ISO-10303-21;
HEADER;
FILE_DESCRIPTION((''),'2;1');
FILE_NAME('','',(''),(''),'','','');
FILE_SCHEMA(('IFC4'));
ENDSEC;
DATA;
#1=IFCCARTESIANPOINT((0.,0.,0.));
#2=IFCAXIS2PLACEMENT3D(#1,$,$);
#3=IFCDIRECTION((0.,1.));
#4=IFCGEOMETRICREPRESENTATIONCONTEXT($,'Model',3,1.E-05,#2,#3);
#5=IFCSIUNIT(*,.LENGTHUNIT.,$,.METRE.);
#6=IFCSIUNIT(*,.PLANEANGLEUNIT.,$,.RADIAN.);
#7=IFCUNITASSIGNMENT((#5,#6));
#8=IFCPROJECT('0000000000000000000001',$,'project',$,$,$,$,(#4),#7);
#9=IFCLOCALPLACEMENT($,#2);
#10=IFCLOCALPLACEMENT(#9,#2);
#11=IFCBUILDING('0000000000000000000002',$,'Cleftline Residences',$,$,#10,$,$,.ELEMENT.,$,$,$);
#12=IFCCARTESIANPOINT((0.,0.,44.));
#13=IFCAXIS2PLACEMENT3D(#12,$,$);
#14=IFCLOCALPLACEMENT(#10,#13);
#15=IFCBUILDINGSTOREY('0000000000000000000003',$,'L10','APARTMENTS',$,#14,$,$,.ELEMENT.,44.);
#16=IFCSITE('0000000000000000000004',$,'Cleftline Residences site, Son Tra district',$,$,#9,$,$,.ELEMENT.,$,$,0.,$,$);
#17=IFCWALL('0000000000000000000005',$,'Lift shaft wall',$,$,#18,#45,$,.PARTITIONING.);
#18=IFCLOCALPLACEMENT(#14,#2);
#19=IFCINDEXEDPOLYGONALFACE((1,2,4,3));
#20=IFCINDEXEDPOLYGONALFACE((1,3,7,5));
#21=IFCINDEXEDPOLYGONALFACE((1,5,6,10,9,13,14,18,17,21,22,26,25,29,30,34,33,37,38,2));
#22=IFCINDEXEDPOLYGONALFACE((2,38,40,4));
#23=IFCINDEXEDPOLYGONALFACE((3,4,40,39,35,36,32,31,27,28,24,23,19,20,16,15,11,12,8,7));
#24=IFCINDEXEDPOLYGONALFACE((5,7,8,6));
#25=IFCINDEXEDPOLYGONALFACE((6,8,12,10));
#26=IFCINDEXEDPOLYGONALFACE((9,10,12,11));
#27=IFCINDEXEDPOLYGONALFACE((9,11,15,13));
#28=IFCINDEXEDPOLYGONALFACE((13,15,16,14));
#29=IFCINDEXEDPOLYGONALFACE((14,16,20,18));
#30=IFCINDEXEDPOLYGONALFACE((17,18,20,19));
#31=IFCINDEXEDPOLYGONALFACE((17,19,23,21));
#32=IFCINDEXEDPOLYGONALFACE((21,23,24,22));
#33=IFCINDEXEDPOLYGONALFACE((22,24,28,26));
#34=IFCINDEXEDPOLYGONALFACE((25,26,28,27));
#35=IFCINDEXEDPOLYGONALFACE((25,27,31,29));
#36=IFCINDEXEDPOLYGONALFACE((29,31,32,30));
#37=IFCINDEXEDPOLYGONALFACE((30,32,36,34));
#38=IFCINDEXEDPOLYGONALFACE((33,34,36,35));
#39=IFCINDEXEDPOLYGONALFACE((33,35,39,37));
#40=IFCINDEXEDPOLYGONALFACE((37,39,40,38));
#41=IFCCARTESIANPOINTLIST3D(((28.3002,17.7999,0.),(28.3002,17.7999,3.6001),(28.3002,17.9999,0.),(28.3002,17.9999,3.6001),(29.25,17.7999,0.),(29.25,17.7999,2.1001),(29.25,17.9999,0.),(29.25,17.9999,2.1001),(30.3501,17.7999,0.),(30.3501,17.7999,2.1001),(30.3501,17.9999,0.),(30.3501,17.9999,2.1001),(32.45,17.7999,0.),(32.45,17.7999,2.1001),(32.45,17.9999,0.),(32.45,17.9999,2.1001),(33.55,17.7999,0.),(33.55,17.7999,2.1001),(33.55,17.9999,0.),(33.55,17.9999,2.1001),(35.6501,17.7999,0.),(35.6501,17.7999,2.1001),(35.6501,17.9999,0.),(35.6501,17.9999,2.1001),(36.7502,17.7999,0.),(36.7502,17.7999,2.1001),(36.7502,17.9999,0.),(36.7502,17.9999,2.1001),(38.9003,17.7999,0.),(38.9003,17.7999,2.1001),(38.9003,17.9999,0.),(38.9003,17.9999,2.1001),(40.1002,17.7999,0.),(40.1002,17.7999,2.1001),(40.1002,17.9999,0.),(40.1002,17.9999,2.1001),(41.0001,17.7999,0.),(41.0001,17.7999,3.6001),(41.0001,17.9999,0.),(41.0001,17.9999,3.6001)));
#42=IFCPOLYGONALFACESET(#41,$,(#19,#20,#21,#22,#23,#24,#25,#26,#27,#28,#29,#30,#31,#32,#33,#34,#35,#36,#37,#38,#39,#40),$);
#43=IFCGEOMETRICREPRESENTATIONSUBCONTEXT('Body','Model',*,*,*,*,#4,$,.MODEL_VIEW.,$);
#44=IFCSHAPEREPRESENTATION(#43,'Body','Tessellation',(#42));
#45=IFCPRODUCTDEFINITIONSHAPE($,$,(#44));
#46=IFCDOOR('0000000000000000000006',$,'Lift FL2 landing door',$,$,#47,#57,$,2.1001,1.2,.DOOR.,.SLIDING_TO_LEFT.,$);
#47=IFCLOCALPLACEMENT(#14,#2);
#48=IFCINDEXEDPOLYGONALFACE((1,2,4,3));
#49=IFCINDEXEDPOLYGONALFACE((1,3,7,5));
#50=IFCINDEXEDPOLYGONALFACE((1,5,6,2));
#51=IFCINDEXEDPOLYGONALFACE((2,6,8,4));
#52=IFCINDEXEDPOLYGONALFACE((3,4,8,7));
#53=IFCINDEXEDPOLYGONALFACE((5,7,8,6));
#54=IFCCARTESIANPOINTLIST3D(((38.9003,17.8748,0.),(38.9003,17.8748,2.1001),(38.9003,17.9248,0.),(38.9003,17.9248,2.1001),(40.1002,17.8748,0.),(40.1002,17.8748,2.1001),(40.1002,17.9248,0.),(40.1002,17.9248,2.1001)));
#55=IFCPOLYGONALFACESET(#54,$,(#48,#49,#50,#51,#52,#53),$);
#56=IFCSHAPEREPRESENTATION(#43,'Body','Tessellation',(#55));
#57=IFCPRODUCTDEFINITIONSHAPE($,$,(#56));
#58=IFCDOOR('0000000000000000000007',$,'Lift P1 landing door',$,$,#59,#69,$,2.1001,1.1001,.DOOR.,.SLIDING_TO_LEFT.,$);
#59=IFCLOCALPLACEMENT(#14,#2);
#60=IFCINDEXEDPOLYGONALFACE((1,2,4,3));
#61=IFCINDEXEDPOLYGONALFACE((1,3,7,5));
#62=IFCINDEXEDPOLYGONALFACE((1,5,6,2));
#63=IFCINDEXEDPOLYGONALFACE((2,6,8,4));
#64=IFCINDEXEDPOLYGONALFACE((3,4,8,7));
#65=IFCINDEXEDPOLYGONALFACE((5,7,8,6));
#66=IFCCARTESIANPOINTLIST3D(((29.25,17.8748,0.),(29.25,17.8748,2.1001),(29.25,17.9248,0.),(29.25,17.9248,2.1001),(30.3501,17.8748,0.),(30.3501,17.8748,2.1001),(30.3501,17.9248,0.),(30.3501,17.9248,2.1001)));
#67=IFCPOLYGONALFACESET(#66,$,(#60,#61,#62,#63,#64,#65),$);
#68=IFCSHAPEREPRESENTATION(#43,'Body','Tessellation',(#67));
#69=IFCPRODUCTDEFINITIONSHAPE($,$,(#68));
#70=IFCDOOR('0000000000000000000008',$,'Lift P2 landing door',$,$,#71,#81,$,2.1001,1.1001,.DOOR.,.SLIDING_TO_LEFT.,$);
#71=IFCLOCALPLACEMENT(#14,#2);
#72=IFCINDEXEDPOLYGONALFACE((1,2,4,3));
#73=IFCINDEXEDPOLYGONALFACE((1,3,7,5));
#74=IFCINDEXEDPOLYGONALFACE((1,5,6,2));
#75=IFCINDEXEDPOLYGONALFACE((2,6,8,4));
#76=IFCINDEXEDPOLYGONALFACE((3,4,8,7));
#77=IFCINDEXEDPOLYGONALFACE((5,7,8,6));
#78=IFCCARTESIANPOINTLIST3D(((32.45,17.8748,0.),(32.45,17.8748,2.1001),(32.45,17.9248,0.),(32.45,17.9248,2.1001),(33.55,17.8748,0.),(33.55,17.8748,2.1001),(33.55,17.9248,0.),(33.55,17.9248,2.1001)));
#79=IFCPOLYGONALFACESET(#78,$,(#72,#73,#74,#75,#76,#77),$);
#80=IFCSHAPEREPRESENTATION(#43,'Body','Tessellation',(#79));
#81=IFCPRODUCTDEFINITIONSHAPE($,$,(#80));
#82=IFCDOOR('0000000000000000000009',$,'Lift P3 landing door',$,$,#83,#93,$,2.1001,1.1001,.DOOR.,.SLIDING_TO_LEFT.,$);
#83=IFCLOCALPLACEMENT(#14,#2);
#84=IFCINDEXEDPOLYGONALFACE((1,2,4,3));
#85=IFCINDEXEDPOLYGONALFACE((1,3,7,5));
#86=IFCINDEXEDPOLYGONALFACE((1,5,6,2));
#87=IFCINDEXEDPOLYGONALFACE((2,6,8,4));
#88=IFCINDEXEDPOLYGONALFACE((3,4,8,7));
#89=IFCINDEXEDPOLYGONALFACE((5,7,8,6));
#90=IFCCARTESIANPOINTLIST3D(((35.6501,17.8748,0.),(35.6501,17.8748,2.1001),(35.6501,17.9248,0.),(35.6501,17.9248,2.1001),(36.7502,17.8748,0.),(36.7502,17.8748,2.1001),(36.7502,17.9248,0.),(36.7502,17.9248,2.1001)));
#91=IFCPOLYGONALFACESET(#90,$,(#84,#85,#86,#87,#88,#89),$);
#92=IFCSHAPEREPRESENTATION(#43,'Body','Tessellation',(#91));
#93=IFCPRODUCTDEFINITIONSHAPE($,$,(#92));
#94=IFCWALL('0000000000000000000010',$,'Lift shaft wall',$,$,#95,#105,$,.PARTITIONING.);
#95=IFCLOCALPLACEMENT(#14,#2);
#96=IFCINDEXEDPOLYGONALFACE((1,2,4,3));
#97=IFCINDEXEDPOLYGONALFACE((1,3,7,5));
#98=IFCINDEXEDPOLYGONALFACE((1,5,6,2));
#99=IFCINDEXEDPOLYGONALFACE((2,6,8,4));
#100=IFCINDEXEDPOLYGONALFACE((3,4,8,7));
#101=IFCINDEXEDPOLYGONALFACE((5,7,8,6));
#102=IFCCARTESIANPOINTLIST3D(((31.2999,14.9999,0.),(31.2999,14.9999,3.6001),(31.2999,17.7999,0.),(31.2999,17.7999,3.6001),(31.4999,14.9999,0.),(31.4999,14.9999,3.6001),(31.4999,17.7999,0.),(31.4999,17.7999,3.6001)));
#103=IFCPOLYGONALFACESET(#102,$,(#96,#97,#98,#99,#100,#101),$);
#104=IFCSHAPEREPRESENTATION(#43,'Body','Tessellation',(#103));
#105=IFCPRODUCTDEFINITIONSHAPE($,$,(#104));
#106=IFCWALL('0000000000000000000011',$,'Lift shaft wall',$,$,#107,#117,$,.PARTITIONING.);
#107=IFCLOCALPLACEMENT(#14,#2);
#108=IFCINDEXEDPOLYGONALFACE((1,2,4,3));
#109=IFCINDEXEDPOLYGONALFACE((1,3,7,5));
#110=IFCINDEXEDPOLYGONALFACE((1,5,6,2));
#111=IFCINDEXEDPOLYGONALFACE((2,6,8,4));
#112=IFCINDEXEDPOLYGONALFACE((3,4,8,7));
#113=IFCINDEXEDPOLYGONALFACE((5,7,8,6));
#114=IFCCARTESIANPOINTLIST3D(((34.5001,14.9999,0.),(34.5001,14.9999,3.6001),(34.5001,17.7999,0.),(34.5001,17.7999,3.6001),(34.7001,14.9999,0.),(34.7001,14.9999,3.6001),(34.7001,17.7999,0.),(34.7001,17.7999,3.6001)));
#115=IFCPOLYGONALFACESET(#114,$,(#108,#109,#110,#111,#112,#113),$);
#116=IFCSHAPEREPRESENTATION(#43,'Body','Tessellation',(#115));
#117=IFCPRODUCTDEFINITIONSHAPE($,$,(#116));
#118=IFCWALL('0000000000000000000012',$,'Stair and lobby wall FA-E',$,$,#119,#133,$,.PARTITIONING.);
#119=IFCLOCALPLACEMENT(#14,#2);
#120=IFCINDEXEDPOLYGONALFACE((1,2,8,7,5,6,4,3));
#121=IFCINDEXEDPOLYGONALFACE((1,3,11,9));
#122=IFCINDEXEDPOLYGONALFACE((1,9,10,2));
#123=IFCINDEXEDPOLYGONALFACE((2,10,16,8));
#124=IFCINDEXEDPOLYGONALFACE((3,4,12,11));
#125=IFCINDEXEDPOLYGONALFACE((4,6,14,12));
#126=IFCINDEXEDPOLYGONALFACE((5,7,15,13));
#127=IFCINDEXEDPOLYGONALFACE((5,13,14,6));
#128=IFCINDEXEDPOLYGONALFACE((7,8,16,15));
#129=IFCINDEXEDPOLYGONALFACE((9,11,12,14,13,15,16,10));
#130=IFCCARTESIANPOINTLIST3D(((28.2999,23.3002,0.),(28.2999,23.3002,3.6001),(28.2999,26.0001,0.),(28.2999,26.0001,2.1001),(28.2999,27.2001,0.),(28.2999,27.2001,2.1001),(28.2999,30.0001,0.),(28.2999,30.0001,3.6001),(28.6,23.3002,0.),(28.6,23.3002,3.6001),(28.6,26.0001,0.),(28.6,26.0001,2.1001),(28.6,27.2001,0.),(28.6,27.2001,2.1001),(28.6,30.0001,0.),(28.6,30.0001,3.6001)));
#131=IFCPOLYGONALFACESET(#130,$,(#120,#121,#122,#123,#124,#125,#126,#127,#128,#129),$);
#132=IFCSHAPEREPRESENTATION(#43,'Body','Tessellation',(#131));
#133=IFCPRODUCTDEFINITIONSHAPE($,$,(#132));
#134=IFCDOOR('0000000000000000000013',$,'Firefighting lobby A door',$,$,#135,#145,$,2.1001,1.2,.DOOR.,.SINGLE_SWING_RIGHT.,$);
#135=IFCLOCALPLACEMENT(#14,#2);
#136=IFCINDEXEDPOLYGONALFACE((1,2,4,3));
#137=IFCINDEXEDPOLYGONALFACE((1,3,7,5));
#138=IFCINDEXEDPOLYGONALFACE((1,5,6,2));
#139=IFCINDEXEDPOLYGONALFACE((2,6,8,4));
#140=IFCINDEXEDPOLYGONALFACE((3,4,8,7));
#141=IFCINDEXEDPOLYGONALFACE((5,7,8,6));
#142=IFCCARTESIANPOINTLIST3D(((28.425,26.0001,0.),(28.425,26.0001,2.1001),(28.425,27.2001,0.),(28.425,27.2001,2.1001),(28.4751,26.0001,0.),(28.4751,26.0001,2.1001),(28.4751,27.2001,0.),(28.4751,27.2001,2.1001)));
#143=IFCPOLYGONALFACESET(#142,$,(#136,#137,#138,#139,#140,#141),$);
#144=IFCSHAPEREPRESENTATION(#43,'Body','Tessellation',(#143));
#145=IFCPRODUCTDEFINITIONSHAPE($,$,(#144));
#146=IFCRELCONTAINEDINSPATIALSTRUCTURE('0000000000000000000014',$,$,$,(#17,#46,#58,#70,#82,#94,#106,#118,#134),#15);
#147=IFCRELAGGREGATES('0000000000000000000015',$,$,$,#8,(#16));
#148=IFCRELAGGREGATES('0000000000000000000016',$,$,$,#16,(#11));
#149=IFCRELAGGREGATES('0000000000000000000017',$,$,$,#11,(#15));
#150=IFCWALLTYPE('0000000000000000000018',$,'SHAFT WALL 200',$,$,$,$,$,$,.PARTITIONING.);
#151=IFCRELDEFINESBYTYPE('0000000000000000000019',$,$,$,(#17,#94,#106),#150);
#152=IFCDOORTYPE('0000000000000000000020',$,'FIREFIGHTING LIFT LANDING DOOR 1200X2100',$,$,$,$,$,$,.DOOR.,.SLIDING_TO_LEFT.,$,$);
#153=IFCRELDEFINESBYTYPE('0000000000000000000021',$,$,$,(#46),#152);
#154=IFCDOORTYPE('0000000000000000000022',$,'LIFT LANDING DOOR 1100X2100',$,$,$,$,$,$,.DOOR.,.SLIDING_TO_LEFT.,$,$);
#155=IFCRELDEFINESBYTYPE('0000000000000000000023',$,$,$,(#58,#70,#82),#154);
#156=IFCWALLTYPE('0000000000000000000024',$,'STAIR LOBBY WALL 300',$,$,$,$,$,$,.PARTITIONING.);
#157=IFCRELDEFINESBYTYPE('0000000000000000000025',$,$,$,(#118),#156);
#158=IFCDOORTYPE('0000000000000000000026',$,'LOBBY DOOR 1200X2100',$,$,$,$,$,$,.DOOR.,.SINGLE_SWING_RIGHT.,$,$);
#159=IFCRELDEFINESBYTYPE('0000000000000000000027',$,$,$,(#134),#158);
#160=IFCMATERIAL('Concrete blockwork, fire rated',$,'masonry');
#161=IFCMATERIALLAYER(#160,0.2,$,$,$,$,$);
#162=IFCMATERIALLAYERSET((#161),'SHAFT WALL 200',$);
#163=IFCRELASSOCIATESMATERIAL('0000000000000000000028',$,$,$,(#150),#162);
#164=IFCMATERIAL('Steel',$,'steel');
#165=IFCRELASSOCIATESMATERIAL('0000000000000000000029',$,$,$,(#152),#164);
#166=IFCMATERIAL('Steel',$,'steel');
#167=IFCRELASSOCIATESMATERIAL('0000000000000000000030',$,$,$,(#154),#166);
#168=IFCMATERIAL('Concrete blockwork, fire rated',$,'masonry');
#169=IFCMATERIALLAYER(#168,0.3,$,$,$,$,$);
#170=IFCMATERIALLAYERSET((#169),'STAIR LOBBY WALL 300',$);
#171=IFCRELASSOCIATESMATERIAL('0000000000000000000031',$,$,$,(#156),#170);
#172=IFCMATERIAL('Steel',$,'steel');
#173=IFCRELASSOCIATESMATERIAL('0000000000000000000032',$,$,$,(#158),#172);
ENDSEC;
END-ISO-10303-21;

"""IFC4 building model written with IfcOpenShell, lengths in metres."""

from ifc_helpers import new_model, si_unit, direction, frame, frame_2d, origin, place, context, subcontext, project, spatial, rectangle, extrude, material, layer, layer_set, type_object, element, fill, save


model = new_model("IFC4")

# Units and contexts
model_context = context("Model", 3, precision=1e-05, world=origin(), true_north=direction((0.0, 1.0)))
body_context = subcontext(model_context, "Body", "Model", "MODEL_VIEW")
ifc_project = project(units=[si_unit("LENGTHUNIT", "METRE"), si_unit("PLANEANGLEUNIT", "RADIAN")], contexts=[model_context])

# Site, building, storey
site_placement = place(None, origin())
site = spatial("IfcSite", under=ifc_project, at=site_placement, Name="Cleftline Residences site, Son Tra district", CompositionType="ELEMENT", RefElevation=0.0)
building_placement = place(site_placement, origin())
building = spatial("IfcBuilding", under=site, at=building_placement, Name="Cleftline Residences", CompositionType="ELEMENT")
storey_placement = place(building_placement, frame((0.0, 0.0, 44.0)))
storey = spatial("IfcBuildingStorey", under=building, at=storey_placement, Name="L10", Description="APARTMENTS", CompositionType="ELEMENT", Elevation=44.0)

# Wall, openings, doors
ifc_material_1 = material(Name="Concrete blockwork, fire rated", Category="masonry")
ifc_layer_1 = layer(ifc_material_1, 0.2)
ifc_layer_set_1 = layer_set([ifc_layer_1], Name="SHAFT WALL 200")
wall_type_1 = type_object("IfcWallType", Name="SHAFT WALL 200", PredefinedType="PARTITIONING", material=ifc_layer_set_1)
wall_1_placement = place(storey_placement, frame((28.3, 17.8999, 0.0), z_axis=(0.0, 0.0, 1.0), x_axis=(1.0, 0.0, 0.0)))
wall_1 = element("IfcWall", 1, at=wall_1_placement, inside=storey, type_object=wall_type_1, Name="Lift shaft wall", PredefinedType="PARTITIONING", context=body_context, shape_type="SweptSolid", body=[
    extrude(rectangle(XDim=12.7, YDim=0.2, at=frame_2d((6.3501, 0.0))), origin(), (0.0, 0.0, 1.0), 3.6001),
])
opening_1_placement = place(wall_1_placement, frame((0.95, 0.0, 0.0)))
opening_1 = element("IfcOpeningElement", 2, at=opening_1_placement, cuts=wall_1, PredefinedType="OPENING", context=body_context, shape_type="SweptSolid", body=[
    extrude(rectangle(XDim=1.1001, YDim=2.1001, at=frame_2d((0.55, 1.05))), frame((0.0, 0.1099, 0.0), z_axis=(0.0, -1.0, 0.0), x_axis=(1.0, 0.0, 0.0)), (0.0, 0.0, 1.0), 0.22),
])
opening_2_placement = place(wall_1_placement, frame((4.1499, 0.0, 0.0)))
opening_2 = element("IfcOpeningElement", 3, at=opening_2_placement, cuts=wall_1, PredefinedType="OPENING", context=body_context, shape_type="SweptSolid", body=[
    extrude(rectangle(XDim=1.1001, YDim=2.1001, at=frame_2d((0.55, 1.05))), frame((0.0, 0.1099, 0.0), z_axis=(0.0, -1.0, 0.0), x_axis=(1.0, 0.0, 0.0)), (0.0, 0.0, 1.0), 0.22),
])
opening_3_placement = place(wall_1_placement, frame((7.3501, 0.0, 0.0)))
opening_3 = element("IfcOpeningElement", 4, at=opening_3_placement, cuts=wall_1, PredefinedType="OPENING", context=body_context, shape_type="SweptSolid", body=[
    extrude(rectangle(XDim=1.1001, YDim=2.1001, at=frame_2d((0.55, 1.05))), frame((0.0, 0.1099, 0.0), z_axis=(0.0, -1.0, 0.0), x_axis=(1.0, 0.0, 0.0)), (0.0, 0.0, 1.0), 0.22),
])
opening_4_placement = place(wall_1_placement, frame((10.6001, 0.0, 0.0)))
opening_4 = element("IfcOpeningElement", 5, at=opening_4_placement, cuts=wall_1, PredefinedType="OPENING", context=body_context, shape_type="SweptSolid", body=[
    extrude(rectangle(XDim=1.2, YDim=2.1001, at=frame_2d((0.6001, 1.05))), frame((0.0, 0.1099, 0.0), z_axis=(0.0, -1.0, 0.0), x_axis=(1.0, 0.0, 0.0)), (0.0, 0.0, 1.0), 0.22),
])
ifc_material_2 = material(Name="Steel", Category="steel")
door_type_1 = type_object("IfcDoorType", Name="FIREFIGHTING LIFT LANDING DOOR 1200X2100", OperationType="SLIDING_TO_LEFT", PredefinedType="DOOR", material=ifc_material_2)
door_1_placement = place(opening_4_placement, origin())
door_1 = element("IfcDoor", 6, at=door_1_placement, inside=storey, type_object=door_type_1, Name="Lift FL2 landing door", OperationType="SLIDING_TO_LEFT", OverallHeight=2.1001, OverallWidth=1.2, PredefinedType="DOOR", context=body_context, shape_type="SweptSolid", body=[
    extrude(rectangle(XDim=1.2, YDim=2.1001, at=frame_2d((0.6001, 1.05))), frame((0.0, 0.0249, 0.0), z_axis=(0.0, -1.0, 0.0), x_axis=(1.0, 0.0, 0.0)), (0.0, 0.0, 1.0), 0.05),
])
fill(opening_4, door_1)
ifc_material_3 = material(Name="Steel", Category="steel")
door_type_2 = type_object("IfcDoorType", Name="LIFT LANDING DOOR 1100X2100", OperationType="SLIDING_TO_LEFT", PredefinedType="DOOR", material=ifc_material_3)
door_2_placement = place(opening_1_placement, origin())
door_2 = element("IfcDoor", 7, at=door_2_placement, inside=storey, type_object=door_type_2, Name="Lift P1 landing door", OperationType="SLIDING_TO_LEFT", OverallHeight=2.1001, OverallWidth=1.1001, PredefinedType="DOOR", context=body_context, shape_type="SweptSolid", body=[
    extrude(rectangle(XDim=1.1001, YDim=2.1001, at=frame_2d((0.55, 1.05))), frame((0.0, 0.0249, 0.0), z_axis=(0.0, -1.0, 0.0), x_axis=(1.0, 0.0, 0.0)), (0.0, 0.0, 1.0), 0.05),
])
fill(opening_1, door_2)
door_3_placement = place(opening_2_placement, origin())
door_3 = element("IfcDoor", 8, at=door_3_placement, inside=storey, type_object=door_type_2, Name="Lift P2 landing door", OperationType="SLIDING_TO_LEFT", OverallHeight=2.1001, OverallWidth=1.1001, PredefinedType="DOOR", context=body_context, shape_type="SweptSolid", body=[
    extrude(rectangle(XDim=1.1001, YDim=2.1001, at=frame_2d((0.55, 1.05))), frame((0.0, 0.0249, 0.0), z_axis=(0.0, -1.0, 0.0), x_axis=(1.0, 0.0, 0.0)), (0.0, 0.0, 1.0), 0.05),
])
fill(opening_2, door_3)
door_4_placement = place(opening_3_placement, origin())
door_4 = element("IfcDoor", 9, at=door_4_placement, inside=storey, type_object=door_type_2, Name="Lift P3 landing door", OperationType="SLIDING_TO_LEFT", OverallHeight=2.1001, OverallWidth=1.1001, PredefinedType="DOOR", context=body_context, shape_type="SweptSolid", body=[
    extrude(rectangle(XDim=1.1001, YDim=2.1001, at=frame_2d((0.55, 1.05))), frame((0.0, 0.0249, 0.0), z_axis=(0.0, -1.0, 0.0), x_axis=(1.0, 0.0, 0.0)), (0.0, 0.0, 1.0), 0.05),
])
fill(opening_3, door_4)

# Walls
for number, where, z_axis, x_axis, name in (
    (10, (31.3999, 15.0, 0.0), (0.0, 0.0, 1.0), (0.0, 1.0, 0.0), "Lift shaft wall"),
    (11, (34.6001, 15.0, 0.0), (0.0, 0.0, 1.0), (0.0, 1.0, 0.0), "Lift shaft wall"),
):
    element("IfcWall", number, at=place(storey_placement, frame(where, z_axis=z_axis, x_axis=x_axis)), inside=storey, type_object=wall_type_1, Name=name, PredefinedType="PARTITIONING", context=body_context, shape_type="SweptSolid", body=[
        extrude(rectangle(XDim=2.8, YDim=0.2, at=frame_2d((1.3999, 0.0))), origin(), (0.0, 0.0, 1.0), 3.6001),
    ])

# Wall, opening, door
ifc_material_4 = material(Name="Concrete blockwork, fire rated", Category="masonry")
ifc_layer_2 = layer(ifc_material_4, 0.3)
ifc_layer_set_2 = layer_set([ifc_layer_2], Name="STAIR LOBBY WALL 300")
wall_type_2 = type_object("IfcWallType", Name="STAIR LOBBY WALL 300", PredefinedType="PARTITIONING", material=ifc_layer_set_2)
wall_2_placement = place(storey_placement, frame((28.45, 23.3, 0.0), z_axis=(0.0, 0.0, 1.0), x_axis=(0.0, 1.0, 0.0)))
wall_2 = element("IfcWall", 12, at=wall_2_placement, inside=storey, type_object=wall_type_2, Name="Stair and lobby wall FA-E", PredefinedType="PARTITIONING", context=body_context, shape_type="SweptSolid", body=[
    extrude(rectangle(XDim=6.7, YDim=0.3, at=frame_2d((3.3501, 0.0))), origin(), (0.0, 0.0, 1.0), 3.6001),
])
opening_5_placement = place(wall_2_placement, frame((2.7, 0.0, 0.0)))
opening_5 = element("IfcOpeningElement", 13, at=opening_5_placement, cuts=wall_2, PredefinedType="OPENING", context=body_context, shape_type="SweptSolid", body=[
    extrude(rectangle(XDim=1.2, YDim=2.1001, at=frame_2d((0.6001, 1.05))), frame((0.0, 0.1599, 0.0), z_axis=(0.0, -1.0, 0.0), x_axis=(1.0, 0.0, 0.0)), (0.0, 0.0, 1.0), 0.3201),
])
ifc_material_5 = material(Name="Steel", Category="steel")
door_type_3 = type_object("IfcDoorType", Name="LOBBY DOOR 1200X2100", OperationType="SINGLE_SWING_RIGHT", PredefinedType="DOOR", material=ifc_material_5)
door_5_placement = place(opening_5_placement, origin())
door_5 = element("IfcDoor", 14, at=door_5_placement, inside=storey, type_object=door_type_3, Name="Firefighting lobby A door", OperationType="SINGLE_SWING_RIGHT", OverallHeight=2.1001, OverallWidth=1.2, PredefinedType="DOOR", context=body_context, shape_type="SweptSolid", body=[
    extrude(rectangle(XDim=1.2, YDim=2.1001, at=frame_2d((0.6001, 1.05))), frame((0.0, 0.0249, 0.0), z_axis=(0.0, -1.0, 0.0), x_axis=(1.0, 0.0, 0.0)), (0.0, 0.0, 1.0), 0.05),
])
fill(opening_5, door_5)

save(model, "model.ifc")
